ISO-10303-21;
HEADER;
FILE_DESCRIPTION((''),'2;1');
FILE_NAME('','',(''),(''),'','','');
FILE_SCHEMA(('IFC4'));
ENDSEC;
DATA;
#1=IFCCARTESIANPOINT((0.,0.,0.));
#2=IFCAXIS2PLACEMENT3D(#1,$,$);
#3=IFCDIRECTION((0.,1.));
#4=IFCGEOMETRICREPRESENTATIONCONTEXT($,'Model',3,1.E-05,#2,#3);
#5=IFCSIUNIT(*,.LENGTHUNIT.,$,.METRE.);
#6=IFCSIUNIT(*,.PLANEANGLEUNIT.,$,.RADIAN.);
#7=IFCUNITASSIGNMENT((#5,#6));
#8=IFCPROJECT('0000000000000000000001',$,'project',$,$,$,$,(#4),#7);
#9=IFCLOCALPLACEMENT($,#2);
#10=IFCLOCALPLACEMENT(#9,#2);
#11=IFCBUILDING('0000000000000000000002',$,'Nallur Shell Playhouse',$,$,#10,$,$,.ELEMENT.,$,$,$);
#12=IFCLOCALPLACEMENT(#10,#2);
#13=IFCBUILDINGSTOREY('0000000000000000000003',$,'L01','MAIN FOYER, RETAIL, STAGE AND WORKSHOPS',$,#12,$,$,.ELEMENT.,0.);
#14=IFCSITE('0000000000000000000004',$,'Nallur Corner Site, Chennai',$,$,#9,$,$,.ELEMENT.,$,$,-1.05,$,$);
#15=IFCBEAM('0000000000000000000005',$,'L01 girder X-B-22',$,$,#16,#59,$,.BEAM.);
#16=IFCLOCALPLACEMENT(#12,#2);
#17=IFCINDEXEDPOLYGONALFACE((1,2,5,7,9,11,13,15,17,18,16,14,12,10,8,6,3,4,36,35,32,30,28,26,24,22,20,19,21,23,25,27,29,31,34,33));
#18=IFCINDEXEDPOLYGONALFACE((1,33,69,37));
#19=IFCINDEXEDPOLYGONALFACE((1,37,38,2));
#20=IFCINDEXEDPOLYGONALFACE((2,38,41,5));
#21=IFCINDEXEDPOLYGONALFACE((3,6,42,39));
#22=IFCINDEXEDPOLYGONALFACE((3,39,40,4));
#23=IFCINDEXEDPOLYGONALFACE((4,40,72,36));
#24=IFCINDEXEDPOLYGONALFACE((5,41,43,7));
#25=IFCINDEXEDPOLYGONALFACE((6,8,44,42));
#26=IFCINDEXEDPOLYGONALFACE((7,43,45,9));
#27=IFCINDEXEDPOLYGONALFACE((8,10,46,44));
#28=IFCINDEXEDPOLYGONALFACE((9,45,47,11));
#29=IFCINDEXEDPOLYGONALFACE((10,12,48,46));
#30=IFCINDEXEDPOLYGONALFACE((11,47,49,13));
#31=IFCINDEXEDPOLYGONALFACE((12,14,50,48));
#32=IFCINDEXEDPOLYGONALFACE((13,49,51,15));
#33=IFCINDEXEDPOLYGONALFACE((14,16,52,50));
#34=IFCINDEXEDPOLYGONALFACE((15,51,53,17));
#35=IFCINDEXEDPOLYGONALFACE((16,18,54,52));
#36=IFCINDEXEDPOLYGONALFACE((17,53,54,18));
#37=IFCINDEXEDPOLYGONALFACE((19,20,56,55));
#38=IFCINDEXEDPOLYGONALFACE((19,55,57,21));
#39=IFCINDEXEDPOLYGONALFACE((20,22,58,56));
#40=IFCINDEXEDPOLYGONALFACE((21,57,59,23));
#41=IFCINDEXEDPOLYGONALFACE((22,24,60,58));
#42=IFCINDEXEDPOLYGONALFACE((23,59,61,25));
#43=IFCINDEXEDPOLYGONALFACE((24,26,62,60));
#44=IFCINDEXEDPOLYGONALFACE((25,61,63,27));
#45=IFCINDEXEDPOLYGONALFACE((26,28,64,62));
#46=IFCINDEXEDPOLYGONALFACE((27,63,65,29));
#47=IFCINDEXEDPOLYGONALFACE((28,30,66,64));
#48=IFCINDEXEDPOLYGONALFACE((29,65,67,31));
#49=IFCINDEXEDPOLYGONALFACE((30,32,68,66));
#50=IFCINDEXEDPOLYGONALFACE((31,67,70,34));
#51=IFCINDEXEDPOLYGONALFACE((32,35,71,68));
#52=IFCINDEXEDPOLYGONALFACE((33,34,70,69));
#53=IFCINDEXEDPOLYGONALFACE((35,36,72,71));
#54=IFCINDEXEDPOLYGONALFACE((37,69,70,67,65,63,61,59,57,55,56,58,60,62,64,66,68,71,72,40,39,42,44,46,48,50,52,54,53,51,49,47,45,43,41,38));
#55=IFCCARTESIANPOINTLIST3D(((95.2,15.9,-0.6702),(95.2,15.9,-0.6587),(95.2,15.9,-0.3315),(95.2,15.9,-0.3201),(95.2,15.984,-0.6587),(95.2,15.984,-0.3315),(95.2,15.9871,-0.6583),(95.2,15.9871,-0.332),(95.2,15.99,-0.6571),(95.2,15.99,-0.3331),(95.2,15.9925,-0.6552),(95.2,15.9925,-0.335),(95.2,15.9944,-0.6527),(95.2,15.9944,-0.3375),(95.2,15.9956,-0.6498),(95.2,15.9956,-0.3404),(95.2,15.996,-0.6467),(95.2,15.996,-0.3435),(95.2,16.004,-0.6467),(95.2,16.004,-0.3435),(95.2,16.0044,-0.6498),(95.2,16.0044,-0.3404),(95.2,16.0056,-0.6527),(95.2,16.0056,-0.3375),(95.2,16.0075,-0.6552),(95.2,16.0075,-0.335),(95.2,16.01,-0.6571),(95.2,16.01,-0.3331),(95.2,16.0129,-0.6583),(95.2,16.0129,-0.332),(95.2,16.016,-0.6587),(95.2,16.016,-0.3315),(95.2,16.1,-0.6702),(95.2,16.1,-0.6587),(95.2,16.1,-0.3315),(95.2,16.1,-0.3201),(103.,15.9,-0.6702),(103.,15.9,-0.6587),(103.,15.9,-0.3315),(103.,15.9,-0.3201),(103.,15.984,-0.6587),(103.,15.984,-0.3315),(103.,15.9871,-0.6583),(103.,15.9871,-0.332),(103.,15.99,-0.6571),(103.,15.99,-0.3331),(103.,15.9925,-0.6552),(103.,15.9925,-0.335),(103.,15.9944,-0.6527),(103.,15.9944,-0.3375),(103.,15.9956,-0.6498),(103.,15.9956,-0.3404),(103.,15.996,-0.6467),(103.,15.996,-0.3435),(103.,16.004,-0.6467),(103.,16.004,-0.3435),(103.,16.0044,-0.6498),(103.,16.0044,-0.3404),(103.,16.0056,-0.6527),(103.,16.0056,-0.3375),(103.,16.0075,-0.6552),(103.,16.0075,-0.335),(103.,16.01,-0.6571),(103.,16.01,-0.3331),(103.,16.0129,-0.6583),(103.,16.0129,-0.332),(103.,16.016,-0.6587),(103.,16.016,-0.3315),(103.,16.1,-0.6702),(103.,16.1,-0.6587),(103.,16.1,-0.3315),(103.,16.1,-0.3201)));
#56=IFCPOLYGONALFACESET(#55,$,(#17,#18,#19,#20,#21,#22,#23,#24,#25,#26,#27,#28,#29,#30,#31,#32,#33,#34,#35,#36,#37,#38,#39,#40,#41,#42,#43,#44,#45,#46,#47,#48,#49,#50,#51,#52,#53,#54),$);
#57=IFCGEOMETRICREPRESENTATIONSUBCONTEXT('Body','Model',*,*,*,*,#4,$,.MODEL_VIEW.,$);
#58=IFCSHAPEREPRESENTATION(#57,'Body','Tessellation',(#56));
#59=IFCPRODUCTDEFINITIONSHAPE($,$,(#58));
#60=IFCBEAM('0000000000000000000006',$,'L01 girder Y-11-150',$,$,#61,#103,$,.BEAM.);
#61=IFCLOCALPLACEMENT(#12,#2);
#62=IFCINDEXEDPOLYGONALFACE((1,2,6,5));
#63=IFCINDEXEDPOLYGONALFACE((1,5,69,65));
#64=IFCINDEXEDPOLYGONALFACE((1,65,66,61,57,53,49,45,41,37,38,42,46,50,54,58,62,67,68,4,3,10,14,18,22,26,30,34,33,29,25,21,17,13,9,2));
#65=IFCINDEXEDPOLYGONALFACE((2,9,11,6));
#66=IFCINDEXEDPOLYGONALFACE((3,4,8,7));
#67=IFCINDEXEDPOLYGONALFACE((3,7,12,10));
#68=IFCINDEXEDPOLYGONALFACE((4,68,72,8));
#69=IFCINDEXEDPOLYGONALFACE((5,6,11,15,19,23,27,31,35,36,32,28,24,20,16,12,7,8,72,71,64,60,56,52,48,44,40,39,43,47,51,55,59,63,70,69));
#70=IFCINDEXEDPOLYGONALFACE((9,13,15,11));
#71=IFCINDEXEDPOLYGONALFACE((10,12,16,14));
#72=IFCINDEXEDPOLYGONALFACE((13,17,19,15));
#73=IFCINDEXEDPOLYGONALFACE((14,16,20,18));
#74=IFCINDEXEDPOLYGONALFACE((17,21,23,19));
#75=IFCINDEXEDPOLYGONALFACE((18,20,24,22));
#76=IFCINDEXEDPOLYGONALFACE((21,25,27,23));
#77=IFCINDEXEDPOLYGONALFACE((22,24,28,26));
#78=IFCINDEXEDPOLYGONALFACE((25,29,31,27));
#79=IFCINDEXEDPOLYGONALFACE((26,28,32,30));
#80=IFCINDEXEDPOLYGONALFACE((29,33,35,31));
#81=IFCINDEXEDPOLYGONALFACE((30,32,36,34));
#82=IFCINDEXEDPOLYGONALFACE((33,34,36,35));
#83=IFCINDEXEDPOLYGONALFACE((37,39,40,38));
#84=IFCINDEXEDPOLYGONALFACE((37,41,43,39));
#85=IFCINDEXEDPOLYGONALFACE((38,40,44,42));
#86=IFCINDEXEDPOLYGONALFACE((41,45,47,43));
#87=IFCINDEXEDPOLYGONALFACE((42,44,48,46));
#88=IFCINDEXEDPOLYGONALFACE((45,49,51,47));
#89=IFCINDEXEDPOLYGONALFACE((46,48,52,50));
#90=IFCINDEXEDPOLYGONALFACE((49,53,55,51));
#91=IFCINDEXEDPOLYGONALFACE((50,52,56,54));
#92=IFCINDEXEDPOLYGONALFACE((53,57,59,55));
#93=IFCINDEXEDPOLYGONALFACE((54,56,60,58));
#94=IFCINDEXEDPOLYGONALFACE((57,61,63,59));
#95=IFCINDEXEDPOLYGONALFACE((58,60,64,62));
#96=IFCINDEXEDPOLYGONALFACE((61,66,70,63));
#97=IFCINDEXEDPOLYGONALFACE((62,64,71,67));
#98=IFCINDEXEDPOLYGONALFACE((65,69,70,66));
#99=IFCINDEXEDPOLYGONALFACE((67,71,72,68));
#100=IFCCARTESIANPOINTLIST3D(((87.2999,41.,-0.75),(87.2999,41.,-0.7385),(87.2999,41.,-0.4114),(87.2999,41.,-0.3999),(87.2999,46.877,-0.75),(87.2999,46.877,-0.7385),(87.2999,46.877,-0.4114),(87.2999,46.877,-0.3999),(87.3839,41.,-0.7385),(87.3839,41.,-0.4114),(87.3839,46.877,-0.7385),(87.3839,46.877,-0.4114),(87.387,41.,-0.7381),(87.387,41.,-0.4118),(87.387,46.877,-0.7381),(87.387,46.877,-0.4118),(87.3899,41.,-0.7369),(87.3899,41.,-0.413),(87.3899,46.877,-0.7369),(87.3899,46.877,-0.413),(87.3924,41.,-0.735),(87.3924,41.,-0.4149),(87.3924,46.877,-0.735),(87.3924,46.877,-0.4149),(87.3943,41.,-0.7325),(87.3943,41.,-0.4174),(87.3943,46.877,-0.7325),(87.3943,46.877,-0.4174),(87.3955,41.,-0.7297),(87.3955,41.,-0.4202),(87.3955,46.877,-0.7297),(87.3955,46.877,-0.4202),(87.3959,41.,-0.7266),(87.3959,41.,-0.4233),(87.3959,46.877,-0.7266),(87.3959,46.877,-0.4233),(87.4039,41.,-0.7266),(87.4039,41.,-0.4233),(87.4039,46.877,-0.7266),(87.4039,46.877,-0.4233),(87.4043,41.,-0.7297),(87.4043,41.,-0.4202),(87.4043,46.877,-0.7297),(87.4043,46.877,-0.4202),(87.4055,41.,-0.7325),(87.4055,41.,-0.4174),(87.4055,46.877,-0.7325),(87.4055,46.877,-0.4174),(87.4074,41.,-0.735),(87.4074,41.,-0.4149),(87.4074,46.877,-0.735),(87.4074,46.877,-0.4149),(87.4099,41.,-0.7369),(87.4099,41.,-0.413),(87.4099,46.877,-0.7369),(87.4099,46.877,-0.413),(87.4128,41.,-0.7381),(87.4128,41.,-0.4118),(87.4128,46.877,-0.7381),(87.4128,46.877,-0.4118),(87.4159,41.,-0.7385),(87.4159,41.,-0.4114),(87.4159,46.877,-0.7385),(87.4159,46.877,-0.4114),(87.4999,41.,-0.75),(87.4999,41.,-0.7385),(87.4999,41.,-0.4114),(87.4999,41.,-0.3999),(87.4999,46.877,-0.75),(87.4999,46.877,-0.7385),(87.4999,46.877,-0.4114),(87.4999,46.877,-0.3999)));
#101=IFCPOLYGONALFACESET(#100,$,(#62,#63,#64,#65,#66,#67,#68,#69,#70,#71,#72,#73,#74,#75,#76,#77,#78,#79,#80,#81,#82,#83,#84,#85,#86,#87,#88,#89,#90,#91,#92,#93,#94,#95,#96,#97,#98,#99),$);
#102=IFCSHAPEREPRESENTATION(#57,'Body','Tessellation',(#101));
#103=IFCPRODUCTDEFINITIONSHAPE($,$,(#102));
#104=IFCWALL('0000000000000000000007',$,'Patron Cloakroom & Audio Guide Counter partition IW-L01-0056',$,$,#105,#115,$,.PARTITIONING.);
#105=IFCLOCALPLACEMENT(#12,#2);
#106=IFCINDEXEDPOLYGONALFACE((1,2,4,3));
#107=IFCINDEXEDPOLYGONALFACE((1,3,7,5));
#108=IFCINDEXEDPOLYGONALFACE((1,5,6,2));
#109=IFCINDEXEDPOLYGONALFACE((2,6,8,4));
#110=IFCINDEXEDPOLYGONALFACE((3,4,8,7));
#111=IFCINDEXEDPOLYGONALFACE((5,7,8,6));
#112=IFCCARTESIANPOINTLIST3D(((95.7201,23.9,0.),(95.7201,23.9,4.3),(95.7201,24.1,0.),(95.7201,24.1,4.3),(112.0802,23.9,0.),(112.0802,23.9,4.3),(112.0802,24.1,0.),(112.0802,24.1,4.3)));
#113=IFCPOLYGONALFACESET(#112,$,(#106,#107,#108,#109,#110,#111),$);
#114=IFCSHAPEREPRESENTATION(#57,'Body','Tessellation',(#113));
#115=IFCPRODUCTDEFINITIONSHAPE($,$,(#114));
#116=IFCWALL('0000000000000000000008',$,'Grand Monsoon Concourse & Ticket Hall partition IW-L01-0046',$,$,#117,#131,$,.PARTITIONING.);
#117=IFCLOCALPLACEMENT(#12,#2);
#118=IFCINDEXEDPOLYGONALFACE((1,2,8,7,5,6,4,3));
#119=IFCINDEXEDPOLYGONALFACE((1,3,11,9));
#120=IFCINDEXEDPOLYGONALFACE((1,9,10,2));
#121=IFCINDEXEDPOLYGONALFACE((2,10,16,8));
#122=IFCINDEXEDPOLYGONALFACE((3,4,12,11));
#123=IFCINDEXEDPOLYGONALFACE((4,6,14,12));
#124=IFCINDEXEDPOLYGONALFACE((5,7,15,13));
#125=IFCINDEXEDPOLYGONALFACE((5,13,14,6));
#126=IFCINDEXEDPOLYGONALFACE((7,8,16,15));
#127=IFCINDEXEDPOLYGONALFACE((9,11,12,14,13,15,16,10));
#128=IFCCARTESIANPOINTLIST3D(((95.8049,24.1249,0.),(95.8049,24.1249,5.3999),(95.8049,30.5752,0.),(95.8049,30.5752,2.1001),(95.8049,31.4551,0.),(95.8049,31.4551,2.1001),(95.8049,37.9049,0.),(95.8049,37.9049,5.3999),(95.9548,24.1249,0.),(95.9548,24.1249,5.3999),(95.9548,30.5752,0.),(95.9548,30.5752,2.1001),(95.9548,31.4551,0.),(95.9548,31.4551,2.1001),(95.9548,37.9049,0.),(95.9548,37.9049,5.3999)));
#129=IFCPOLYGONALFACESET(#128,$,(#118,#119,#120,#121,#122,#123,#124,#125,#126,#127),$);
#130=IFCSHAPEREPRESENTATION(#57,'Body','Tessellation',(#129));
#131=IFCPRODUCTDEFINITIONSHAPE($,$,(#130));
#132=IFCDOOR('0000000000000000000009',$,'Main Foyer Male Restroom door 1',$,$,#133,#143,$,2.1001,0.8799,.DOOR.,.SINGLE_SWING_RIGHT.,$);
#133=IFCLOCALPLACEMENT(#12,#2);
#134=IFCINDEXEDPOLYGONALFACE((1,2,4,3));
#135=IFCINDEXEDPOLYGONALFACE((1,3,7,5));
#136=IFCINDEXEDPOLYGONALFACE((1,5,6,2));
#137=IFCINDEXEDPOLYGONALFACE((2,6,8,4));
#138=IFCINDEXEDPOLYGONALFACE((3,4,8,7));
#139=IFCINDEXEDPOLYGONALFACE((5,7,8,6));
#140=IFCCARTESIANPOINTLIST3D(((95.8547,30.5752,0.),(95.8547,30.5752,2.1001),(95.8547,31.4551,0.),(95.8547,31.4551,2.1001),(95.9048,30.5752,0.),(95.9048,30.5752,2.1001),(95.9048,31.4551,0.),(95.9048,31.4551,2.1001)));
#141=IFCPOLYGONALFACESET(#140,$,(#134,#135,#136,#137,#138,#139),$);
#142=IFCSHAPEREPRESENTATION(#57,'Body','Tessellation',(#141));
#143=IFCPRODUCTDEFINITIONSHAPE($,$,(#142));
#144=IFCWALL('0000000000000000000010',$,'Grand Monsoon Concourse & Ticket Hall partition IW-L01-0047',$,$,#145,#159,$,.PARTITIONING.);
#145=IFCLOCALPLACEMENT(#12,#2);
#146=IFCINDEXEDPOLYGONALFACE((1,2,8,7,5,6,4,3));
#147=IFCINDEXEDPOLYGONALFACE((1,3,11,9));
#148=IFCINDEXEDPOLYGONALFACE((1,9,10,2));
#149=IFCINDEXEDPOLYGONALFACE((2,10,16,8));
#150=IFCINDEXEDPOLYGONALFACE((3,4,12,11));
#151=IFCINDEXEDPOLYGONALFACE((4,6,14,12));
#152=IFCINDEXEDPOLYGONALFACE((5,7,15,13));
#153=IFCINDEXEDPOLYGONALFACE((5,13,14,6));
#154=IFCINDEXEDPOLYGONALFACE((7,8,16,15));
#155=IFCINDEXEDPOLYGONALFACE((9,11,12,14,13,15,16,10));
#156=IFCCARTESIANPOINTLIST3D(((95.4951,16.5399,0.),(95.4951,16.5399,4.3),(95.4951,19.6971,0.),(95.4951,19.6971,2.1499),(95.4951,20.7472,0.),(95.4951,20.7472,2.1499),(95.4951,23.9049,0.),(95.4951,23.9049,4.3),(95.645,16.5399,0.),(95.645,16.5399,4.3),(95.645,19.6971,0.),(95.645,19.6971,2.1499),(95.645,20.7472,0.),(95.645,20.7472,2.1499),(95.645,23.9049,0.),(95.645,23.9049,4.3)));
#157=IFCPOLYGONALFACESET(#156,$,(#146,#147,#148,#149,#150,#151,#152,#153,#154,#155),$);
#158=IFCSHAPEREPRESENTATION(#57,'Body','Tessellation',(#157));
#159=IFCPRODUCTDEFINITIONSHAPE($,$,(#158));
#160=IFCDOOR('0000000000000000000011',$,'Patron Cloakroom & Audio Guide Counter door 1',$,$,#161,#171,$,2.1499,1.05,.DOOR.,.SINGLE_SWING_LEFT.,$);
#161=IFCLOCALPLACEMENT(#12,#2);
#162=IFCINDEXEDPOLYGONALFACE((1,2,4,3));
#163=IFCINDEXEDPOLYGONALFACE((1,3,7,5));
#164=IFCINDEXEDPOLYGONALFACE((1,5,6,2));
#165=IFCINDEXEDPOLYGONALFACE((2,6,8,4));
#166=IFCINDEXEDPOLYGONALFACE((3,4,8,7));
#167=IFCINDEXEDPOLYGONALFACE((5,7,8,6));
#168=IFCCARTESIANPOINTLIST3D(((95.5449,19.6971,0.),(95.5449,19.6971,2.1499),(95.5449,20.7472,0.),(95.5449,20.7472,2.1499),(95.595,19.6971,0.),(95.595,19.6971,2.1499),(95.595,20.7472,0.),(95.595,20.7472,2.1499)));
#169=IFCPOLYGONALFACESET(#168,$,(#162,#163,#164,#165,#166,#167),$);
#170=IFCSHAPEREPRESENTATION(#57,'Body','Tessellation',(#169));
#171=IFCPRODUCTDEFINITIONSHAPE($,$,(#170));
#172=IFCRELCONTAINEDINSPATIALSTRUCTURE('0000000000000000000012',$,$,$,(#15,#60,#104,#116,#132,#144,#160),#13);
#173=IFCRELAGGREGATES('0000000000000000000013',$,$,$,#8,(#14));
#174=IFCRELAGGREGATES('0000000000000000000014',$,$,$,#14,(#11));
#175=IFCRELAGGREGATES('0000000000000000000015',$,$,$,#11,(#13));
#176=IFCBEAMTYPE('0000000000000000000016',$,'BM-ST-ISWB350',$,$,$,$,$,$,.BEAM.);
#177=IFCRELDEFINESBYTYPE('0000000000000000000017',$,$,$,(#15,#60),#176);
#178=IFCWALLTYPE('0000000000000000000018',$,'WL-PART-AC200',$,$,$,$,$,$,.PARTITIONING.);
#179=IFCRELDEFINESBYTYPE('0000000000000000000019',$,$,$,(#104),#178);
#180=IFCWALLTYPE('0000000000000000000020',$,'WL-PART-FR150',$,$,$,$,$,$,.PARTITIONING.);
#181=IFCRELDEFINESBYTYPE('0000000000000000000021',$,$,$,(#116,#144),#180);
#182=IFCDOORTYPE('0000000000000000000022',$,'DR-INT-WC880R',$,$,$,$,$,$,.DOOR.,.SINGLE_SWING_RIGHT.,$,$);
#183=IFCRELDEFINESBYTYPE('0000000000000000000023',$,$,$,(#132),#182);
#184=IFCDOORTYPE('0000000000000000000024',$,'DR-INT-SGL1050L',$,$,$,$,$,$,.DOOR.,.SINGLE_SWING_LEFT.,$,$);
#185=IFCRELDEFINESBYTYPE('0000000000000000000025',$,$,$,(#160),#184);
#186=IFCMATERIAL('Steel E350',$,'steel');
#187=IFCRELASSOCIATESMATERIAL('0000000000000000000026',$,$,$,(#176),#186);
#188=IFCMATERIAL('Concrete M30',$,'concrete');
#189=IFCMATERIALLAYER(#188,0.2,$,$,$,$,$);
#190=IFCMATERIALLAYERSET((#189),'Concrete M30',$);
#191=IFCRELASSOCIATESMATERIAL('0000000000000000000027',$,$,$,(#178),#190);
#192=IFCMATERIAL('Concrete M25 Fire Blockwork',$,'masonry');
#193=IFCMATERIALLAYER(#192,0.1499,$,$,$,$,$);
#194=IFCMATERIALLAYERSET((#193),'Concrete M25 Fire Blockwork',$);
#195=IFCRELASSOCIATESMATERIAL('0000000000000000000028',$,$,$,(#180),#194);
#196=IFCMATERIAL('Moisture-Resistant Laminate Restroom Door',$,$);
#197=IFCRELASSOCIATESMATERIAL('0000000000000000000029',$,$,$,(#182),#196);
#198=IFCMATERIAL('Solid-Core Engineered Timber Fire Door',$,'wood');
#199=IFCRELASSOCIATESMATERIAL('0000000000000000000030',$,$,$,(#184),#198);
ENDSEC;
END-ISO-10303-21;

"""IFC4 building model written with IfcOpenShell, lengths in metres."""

from ifc_helpers import new_model, si_unit, direction, frame, frame_2d, origin, origin_2d, place, context, subcontext, project, spatial, rectangle, i_section, extrude, material, layer, layer_set, material_profile, profile_set, type_object, element, fill, save


model = new_model("IFC4")

# Units and contexts
model_context = context("Model", 3, precision=1e-05, world=origin(), true_north=direction((0.0, 1.0)))
body_context = subcontext(model_context, "Body", "Model", "MODEL_VIEW")
ifc_project = project(units=[si_unit("LENGTHUNIT", "METRE"), si_unit("PLANEANGLEUNIT", "RADIAN")], contexts=[model_context])

# Site, building, storey
site_placement = place(None, origin())
site = spatial("IfcSite", under=ifc_project, at=site_placement, Name="Nallur Corner Site, Chennai", CompositionType="ELEMENT", RefElevation=-1.05)
building_placement = place(site_placement, origin())
building = spatial("IfcBuilding", under=site, at=building_placement, Name="Nallur Shell Playhouse", CompositionType="ELEMENT")
storey_placement = place(building_placement, origin())
storey = spatial("IfcBuildingStorey", under=building, at=storey_placement, Name="L01", Description="MAIN FOYER, RETAIL, STAGE AND WORKSHOPS", CompositionType="ELEMENT", Elevation=0.0)

# Beams
ifc_material_1 = material(Name="Steel E350", Category="steel")
ifc_material_profile_1 = material_profile(ifc_material_1, i_section(OverallWidth=0.2, OverallDepth=0.3501, WebThickness=0.0081, FlangeThickness=0.0115, FilletRadius=0.012, at=origin_2d()), Name="ISWB 350")
ifc_profile_set_1 = profile_set([ifc_material_profile_1], Name="Steel E350")
beam_type_1 = type_object("IfcBeamType", Name="BM-ST-ISWB350", PredefinedType="BEAM", material=ifc_profile_set_1)
beam_1_placement = place(storey_placement, frame((95.2, 16.0, -0.4951), z_axis=(1.0, 0.0, 0.0), x_axis=(0.0, 1.0, 0.0)))
element("IfcBeam", 1, at=beam_1_placement, inside=storey, type_object=beam_type_1, Name="L01 girder X-B-22", PredefinedType="BEAM", context=body_context, shape_type="SweptSolid", body=[
    extrude(i_section(OverallWidth=0.2, OverallDepth=0.3501, WebThickness=0.0081, FlangeThickness=0.0115, FilletRadius=0.012, at=origin_2d()), origin(), (0.0, 0.0, 1.0), 7.8),
])
beam_2_placement = place(storey_placement, frame((87.3999, 41.0, -0.575), z_axis=(0.0, 1.0, 0.0), x_axis=(-1.0, 0.0, 0.0)))
element("IfcBeam", 2, at=beam_2_placement, inside=storey, type_object=beam_type_1, Name="L01 girder Y-11-150", PredefinedType="BEAM", context=body_context, shape_type="SweptSolid", body=[
    extrude(i_section(OverallWidth=0.2, OverallDepth=0.3501, WebThickness=0.0081, FlangeThickness=0.0115, FilletRadius=0.012, at=origin_2d()), origin(), (0.0, 0.0, 1.0), 5.877),
])

# Wall
ifc_material_2 = material(Name="Concrete M30", Category="concrete")
ifc_layer_1 = layer(ifc_material_2, 0.2)
ifc_layer_set_1 = layer_set([ifc_layer_1], Name="Concrete M30")
wall_type_1 = type_object("IfcWallType", Name="WL-PART-AC200", PredefinedType="PARTITIONING", material=ifc_layer_set_1)
wall_1_placement = place(storey_placement, frame((95.72, 24.0, 0.0), z_axis=(0.0, 0.0, 1.0), x_axis=(1.0, 0.0, 0.0)))
element("IfcWall", 3, at=wall_1_placement, inside=storey, type_object=wall_type_1, Name="Patron Cloakroom & Audio Guide Counter partition IW-L01-0056", PredefinedType="PARTITIONING", context=body_context, shape_type="SweptSolid", body=[
    extrude(rectangle(XDim=16.3601, YDim=0.2, at=frame_2d((8.1802, 0.0))), origin(), (0.0, 0.0, 1.0), 4.3),
])

# Walls, openings, doors
ifc_material_3 = material(Name="Concrete M25 Fire Blockwork", Category="masonry")
ifc_layer_2 = layer(ifc_material_3, 0.1499)
ifc_layer_set_2 = layer_set([ifc_layer_2], Name="Concrete M25 Fire Blockwork")
wall_type_2 = type_object("IfcWallType", Name="WL-PART-FR150", PredefinedType="PARTITIONING", material=ifc_layer_set_2)
wall_2_placement = place(storey_placement, frame((95.8799, 37.905, 0.0), z_axis=(0.0, 0.0, 1.0), x_axis=(0.0, -1.0, 0.0)))
wall_2 = element("IfcWall", 4, at=wall_2_placement, inside=storey, type_object=wall_type_2, Name="Grand Monsoon Concourse & Ticket Hall partition IW-L01-0046", PredefinedType="PARTITIONING", context=body_context, shape_type="SweptSolid", body=[
    extrude(rectangle(XDim=13.78, YDim=0.1499, at=frame_2d((6.8901, 0.0))), origin(), (0.0, 0.0, 1.0), 5.3999),
])
opening_1_placement = place(wall_2_placement, frame((6.45, 0.0, 0.0)))
opening_1 = element("IfcOpeningElement", 5, at=opening_1_placement, cuts=wall_2, PredefinedType="OPENING", context=body_context, shape_type="SweptSolid", body=[
    extrude(rectangle(XDim=0.8799, YDim=2.1001, at=frame_2d((0.4399, 1.05))), frame((0.0, 0.085, 0.0), z_axis=(0.0, -1.0, 0.0), x_axis=(1.0, 0.0, 0.0)), (0.0, 0.0, 1.0), 0.1699),
])
ifc_material_4 = material(Name="Moisture-Resistant Laminate Restroom Door")
door_type_1 = type_object("IfcDoorType", Name="DR-INT-WC880R", OperationType="SINGLE_SWING_RIGHT", PredefinedType="DOOR", material=ifc_material_4)
door_1_placement = place(opening_1_placement, origin())
door_1 = element("IfcDoor", 6, at=door_1_placement, inside=storey, type_object=door_type_1, Name="Main Foyer Male Restroom door 1", OperationType="SINGLE_SWING_RIGHT", OverallHeight=2.1001, OverallWidth=0.8799, PredefinedType="DOOR", context=body_context, shape_type="SweptSolid", body=[
    extrude(rectangle(XDim=0.8799, YDim=2.1001, at=frame_2d((0.4399, 1.05))), frame((0.0, 0.0249, 0.0), z_axis=(0.0, -1.0, 0.0), x_axis=(1.0, 0.0, 0.0)), (0.0, 0.0, 1.0), 0.05),
])
fill(opening_1, door_1)
wall_3_placement = place(storey_placement, frame((95.5701, 23.905, 0.0), z_axis=(0.0, 0.0, 1.0), x_axis=(0.0, -1.0, 0.0)))
wall_3 = element("IfcWall", 7, at=wall_3_placement, inside=storey, type_object=wall_type_2, Name="Grand Monsoon Concourse & Ticket Hall partition IW-L01-0047", PredefinedType="PARTITIONING", context=body_context, shape_type="SweptSolid", body=[
    extrude(rectangle(XDim=7.365, YDim=0.1499, at=frame_2d((3.6826, 0.0))), origin(), (0.0, 0.0, 1.0), 4.3),
])
opening_2_placement = place(wall_3_placement, frame((3.158, 0.0, 0.0)))
opening_2 = element("IfcOpeningElement", 8, at=opening_2_placement, cuts=wall_3, PredefinedType="OPENING", context=body_context, shape_type="SweptSolid", body=[
    extrude(rectangle(XDim=1.05, YDim=2.1499, at=frame_2d((0.5249, 1.075))), frame((0.0, 0.085, 0.0), z_axis=(0.0, -1.0, 0.0), x_axis=(1.0, 0.0, 0.0)), (0.0, 0.0, 1.0), 0.1699),
])
ifc_material_5 = material(Name="Solid-Core Engineered Timber Fire Door", Category="wood")
door_type_2 = type_object("IfcDoorType", Name="DR-INT-SGL1050L", OperationType="SINGLE_SWING_LEFT", PredefinedType="DOOR", material=ifc_material_5)
door_2_placement = place(opening_2_placement, origin())
door_2 = element("IfcDoor", 9, at=door_2_placement, inside=storey, type_object=door_type_2, Name="Patron Cloakroom & Audio Guide Counter door 1", OperationType="SINGLE_SWING_LEFT", OverallHeight=2.1499, OverallWidth=1.05, PredefinedType="DOOR", context=body_context, shape_type="SweptSolid", body=[
    extrude(rectangle(XDim=1.05, YDim=2.1499, at=frame_2d((0.5249, 1.075))), frame((0.0, 0.0249, 0.0), z_axis=(0.0, -1.0, 0.0), x_axis=(1.0, 0.0, 0.0)), (0.0, 0.0, 1.0), 0.05),
])
fill(opening_2, door_2)

save(model, "model.ifc")
